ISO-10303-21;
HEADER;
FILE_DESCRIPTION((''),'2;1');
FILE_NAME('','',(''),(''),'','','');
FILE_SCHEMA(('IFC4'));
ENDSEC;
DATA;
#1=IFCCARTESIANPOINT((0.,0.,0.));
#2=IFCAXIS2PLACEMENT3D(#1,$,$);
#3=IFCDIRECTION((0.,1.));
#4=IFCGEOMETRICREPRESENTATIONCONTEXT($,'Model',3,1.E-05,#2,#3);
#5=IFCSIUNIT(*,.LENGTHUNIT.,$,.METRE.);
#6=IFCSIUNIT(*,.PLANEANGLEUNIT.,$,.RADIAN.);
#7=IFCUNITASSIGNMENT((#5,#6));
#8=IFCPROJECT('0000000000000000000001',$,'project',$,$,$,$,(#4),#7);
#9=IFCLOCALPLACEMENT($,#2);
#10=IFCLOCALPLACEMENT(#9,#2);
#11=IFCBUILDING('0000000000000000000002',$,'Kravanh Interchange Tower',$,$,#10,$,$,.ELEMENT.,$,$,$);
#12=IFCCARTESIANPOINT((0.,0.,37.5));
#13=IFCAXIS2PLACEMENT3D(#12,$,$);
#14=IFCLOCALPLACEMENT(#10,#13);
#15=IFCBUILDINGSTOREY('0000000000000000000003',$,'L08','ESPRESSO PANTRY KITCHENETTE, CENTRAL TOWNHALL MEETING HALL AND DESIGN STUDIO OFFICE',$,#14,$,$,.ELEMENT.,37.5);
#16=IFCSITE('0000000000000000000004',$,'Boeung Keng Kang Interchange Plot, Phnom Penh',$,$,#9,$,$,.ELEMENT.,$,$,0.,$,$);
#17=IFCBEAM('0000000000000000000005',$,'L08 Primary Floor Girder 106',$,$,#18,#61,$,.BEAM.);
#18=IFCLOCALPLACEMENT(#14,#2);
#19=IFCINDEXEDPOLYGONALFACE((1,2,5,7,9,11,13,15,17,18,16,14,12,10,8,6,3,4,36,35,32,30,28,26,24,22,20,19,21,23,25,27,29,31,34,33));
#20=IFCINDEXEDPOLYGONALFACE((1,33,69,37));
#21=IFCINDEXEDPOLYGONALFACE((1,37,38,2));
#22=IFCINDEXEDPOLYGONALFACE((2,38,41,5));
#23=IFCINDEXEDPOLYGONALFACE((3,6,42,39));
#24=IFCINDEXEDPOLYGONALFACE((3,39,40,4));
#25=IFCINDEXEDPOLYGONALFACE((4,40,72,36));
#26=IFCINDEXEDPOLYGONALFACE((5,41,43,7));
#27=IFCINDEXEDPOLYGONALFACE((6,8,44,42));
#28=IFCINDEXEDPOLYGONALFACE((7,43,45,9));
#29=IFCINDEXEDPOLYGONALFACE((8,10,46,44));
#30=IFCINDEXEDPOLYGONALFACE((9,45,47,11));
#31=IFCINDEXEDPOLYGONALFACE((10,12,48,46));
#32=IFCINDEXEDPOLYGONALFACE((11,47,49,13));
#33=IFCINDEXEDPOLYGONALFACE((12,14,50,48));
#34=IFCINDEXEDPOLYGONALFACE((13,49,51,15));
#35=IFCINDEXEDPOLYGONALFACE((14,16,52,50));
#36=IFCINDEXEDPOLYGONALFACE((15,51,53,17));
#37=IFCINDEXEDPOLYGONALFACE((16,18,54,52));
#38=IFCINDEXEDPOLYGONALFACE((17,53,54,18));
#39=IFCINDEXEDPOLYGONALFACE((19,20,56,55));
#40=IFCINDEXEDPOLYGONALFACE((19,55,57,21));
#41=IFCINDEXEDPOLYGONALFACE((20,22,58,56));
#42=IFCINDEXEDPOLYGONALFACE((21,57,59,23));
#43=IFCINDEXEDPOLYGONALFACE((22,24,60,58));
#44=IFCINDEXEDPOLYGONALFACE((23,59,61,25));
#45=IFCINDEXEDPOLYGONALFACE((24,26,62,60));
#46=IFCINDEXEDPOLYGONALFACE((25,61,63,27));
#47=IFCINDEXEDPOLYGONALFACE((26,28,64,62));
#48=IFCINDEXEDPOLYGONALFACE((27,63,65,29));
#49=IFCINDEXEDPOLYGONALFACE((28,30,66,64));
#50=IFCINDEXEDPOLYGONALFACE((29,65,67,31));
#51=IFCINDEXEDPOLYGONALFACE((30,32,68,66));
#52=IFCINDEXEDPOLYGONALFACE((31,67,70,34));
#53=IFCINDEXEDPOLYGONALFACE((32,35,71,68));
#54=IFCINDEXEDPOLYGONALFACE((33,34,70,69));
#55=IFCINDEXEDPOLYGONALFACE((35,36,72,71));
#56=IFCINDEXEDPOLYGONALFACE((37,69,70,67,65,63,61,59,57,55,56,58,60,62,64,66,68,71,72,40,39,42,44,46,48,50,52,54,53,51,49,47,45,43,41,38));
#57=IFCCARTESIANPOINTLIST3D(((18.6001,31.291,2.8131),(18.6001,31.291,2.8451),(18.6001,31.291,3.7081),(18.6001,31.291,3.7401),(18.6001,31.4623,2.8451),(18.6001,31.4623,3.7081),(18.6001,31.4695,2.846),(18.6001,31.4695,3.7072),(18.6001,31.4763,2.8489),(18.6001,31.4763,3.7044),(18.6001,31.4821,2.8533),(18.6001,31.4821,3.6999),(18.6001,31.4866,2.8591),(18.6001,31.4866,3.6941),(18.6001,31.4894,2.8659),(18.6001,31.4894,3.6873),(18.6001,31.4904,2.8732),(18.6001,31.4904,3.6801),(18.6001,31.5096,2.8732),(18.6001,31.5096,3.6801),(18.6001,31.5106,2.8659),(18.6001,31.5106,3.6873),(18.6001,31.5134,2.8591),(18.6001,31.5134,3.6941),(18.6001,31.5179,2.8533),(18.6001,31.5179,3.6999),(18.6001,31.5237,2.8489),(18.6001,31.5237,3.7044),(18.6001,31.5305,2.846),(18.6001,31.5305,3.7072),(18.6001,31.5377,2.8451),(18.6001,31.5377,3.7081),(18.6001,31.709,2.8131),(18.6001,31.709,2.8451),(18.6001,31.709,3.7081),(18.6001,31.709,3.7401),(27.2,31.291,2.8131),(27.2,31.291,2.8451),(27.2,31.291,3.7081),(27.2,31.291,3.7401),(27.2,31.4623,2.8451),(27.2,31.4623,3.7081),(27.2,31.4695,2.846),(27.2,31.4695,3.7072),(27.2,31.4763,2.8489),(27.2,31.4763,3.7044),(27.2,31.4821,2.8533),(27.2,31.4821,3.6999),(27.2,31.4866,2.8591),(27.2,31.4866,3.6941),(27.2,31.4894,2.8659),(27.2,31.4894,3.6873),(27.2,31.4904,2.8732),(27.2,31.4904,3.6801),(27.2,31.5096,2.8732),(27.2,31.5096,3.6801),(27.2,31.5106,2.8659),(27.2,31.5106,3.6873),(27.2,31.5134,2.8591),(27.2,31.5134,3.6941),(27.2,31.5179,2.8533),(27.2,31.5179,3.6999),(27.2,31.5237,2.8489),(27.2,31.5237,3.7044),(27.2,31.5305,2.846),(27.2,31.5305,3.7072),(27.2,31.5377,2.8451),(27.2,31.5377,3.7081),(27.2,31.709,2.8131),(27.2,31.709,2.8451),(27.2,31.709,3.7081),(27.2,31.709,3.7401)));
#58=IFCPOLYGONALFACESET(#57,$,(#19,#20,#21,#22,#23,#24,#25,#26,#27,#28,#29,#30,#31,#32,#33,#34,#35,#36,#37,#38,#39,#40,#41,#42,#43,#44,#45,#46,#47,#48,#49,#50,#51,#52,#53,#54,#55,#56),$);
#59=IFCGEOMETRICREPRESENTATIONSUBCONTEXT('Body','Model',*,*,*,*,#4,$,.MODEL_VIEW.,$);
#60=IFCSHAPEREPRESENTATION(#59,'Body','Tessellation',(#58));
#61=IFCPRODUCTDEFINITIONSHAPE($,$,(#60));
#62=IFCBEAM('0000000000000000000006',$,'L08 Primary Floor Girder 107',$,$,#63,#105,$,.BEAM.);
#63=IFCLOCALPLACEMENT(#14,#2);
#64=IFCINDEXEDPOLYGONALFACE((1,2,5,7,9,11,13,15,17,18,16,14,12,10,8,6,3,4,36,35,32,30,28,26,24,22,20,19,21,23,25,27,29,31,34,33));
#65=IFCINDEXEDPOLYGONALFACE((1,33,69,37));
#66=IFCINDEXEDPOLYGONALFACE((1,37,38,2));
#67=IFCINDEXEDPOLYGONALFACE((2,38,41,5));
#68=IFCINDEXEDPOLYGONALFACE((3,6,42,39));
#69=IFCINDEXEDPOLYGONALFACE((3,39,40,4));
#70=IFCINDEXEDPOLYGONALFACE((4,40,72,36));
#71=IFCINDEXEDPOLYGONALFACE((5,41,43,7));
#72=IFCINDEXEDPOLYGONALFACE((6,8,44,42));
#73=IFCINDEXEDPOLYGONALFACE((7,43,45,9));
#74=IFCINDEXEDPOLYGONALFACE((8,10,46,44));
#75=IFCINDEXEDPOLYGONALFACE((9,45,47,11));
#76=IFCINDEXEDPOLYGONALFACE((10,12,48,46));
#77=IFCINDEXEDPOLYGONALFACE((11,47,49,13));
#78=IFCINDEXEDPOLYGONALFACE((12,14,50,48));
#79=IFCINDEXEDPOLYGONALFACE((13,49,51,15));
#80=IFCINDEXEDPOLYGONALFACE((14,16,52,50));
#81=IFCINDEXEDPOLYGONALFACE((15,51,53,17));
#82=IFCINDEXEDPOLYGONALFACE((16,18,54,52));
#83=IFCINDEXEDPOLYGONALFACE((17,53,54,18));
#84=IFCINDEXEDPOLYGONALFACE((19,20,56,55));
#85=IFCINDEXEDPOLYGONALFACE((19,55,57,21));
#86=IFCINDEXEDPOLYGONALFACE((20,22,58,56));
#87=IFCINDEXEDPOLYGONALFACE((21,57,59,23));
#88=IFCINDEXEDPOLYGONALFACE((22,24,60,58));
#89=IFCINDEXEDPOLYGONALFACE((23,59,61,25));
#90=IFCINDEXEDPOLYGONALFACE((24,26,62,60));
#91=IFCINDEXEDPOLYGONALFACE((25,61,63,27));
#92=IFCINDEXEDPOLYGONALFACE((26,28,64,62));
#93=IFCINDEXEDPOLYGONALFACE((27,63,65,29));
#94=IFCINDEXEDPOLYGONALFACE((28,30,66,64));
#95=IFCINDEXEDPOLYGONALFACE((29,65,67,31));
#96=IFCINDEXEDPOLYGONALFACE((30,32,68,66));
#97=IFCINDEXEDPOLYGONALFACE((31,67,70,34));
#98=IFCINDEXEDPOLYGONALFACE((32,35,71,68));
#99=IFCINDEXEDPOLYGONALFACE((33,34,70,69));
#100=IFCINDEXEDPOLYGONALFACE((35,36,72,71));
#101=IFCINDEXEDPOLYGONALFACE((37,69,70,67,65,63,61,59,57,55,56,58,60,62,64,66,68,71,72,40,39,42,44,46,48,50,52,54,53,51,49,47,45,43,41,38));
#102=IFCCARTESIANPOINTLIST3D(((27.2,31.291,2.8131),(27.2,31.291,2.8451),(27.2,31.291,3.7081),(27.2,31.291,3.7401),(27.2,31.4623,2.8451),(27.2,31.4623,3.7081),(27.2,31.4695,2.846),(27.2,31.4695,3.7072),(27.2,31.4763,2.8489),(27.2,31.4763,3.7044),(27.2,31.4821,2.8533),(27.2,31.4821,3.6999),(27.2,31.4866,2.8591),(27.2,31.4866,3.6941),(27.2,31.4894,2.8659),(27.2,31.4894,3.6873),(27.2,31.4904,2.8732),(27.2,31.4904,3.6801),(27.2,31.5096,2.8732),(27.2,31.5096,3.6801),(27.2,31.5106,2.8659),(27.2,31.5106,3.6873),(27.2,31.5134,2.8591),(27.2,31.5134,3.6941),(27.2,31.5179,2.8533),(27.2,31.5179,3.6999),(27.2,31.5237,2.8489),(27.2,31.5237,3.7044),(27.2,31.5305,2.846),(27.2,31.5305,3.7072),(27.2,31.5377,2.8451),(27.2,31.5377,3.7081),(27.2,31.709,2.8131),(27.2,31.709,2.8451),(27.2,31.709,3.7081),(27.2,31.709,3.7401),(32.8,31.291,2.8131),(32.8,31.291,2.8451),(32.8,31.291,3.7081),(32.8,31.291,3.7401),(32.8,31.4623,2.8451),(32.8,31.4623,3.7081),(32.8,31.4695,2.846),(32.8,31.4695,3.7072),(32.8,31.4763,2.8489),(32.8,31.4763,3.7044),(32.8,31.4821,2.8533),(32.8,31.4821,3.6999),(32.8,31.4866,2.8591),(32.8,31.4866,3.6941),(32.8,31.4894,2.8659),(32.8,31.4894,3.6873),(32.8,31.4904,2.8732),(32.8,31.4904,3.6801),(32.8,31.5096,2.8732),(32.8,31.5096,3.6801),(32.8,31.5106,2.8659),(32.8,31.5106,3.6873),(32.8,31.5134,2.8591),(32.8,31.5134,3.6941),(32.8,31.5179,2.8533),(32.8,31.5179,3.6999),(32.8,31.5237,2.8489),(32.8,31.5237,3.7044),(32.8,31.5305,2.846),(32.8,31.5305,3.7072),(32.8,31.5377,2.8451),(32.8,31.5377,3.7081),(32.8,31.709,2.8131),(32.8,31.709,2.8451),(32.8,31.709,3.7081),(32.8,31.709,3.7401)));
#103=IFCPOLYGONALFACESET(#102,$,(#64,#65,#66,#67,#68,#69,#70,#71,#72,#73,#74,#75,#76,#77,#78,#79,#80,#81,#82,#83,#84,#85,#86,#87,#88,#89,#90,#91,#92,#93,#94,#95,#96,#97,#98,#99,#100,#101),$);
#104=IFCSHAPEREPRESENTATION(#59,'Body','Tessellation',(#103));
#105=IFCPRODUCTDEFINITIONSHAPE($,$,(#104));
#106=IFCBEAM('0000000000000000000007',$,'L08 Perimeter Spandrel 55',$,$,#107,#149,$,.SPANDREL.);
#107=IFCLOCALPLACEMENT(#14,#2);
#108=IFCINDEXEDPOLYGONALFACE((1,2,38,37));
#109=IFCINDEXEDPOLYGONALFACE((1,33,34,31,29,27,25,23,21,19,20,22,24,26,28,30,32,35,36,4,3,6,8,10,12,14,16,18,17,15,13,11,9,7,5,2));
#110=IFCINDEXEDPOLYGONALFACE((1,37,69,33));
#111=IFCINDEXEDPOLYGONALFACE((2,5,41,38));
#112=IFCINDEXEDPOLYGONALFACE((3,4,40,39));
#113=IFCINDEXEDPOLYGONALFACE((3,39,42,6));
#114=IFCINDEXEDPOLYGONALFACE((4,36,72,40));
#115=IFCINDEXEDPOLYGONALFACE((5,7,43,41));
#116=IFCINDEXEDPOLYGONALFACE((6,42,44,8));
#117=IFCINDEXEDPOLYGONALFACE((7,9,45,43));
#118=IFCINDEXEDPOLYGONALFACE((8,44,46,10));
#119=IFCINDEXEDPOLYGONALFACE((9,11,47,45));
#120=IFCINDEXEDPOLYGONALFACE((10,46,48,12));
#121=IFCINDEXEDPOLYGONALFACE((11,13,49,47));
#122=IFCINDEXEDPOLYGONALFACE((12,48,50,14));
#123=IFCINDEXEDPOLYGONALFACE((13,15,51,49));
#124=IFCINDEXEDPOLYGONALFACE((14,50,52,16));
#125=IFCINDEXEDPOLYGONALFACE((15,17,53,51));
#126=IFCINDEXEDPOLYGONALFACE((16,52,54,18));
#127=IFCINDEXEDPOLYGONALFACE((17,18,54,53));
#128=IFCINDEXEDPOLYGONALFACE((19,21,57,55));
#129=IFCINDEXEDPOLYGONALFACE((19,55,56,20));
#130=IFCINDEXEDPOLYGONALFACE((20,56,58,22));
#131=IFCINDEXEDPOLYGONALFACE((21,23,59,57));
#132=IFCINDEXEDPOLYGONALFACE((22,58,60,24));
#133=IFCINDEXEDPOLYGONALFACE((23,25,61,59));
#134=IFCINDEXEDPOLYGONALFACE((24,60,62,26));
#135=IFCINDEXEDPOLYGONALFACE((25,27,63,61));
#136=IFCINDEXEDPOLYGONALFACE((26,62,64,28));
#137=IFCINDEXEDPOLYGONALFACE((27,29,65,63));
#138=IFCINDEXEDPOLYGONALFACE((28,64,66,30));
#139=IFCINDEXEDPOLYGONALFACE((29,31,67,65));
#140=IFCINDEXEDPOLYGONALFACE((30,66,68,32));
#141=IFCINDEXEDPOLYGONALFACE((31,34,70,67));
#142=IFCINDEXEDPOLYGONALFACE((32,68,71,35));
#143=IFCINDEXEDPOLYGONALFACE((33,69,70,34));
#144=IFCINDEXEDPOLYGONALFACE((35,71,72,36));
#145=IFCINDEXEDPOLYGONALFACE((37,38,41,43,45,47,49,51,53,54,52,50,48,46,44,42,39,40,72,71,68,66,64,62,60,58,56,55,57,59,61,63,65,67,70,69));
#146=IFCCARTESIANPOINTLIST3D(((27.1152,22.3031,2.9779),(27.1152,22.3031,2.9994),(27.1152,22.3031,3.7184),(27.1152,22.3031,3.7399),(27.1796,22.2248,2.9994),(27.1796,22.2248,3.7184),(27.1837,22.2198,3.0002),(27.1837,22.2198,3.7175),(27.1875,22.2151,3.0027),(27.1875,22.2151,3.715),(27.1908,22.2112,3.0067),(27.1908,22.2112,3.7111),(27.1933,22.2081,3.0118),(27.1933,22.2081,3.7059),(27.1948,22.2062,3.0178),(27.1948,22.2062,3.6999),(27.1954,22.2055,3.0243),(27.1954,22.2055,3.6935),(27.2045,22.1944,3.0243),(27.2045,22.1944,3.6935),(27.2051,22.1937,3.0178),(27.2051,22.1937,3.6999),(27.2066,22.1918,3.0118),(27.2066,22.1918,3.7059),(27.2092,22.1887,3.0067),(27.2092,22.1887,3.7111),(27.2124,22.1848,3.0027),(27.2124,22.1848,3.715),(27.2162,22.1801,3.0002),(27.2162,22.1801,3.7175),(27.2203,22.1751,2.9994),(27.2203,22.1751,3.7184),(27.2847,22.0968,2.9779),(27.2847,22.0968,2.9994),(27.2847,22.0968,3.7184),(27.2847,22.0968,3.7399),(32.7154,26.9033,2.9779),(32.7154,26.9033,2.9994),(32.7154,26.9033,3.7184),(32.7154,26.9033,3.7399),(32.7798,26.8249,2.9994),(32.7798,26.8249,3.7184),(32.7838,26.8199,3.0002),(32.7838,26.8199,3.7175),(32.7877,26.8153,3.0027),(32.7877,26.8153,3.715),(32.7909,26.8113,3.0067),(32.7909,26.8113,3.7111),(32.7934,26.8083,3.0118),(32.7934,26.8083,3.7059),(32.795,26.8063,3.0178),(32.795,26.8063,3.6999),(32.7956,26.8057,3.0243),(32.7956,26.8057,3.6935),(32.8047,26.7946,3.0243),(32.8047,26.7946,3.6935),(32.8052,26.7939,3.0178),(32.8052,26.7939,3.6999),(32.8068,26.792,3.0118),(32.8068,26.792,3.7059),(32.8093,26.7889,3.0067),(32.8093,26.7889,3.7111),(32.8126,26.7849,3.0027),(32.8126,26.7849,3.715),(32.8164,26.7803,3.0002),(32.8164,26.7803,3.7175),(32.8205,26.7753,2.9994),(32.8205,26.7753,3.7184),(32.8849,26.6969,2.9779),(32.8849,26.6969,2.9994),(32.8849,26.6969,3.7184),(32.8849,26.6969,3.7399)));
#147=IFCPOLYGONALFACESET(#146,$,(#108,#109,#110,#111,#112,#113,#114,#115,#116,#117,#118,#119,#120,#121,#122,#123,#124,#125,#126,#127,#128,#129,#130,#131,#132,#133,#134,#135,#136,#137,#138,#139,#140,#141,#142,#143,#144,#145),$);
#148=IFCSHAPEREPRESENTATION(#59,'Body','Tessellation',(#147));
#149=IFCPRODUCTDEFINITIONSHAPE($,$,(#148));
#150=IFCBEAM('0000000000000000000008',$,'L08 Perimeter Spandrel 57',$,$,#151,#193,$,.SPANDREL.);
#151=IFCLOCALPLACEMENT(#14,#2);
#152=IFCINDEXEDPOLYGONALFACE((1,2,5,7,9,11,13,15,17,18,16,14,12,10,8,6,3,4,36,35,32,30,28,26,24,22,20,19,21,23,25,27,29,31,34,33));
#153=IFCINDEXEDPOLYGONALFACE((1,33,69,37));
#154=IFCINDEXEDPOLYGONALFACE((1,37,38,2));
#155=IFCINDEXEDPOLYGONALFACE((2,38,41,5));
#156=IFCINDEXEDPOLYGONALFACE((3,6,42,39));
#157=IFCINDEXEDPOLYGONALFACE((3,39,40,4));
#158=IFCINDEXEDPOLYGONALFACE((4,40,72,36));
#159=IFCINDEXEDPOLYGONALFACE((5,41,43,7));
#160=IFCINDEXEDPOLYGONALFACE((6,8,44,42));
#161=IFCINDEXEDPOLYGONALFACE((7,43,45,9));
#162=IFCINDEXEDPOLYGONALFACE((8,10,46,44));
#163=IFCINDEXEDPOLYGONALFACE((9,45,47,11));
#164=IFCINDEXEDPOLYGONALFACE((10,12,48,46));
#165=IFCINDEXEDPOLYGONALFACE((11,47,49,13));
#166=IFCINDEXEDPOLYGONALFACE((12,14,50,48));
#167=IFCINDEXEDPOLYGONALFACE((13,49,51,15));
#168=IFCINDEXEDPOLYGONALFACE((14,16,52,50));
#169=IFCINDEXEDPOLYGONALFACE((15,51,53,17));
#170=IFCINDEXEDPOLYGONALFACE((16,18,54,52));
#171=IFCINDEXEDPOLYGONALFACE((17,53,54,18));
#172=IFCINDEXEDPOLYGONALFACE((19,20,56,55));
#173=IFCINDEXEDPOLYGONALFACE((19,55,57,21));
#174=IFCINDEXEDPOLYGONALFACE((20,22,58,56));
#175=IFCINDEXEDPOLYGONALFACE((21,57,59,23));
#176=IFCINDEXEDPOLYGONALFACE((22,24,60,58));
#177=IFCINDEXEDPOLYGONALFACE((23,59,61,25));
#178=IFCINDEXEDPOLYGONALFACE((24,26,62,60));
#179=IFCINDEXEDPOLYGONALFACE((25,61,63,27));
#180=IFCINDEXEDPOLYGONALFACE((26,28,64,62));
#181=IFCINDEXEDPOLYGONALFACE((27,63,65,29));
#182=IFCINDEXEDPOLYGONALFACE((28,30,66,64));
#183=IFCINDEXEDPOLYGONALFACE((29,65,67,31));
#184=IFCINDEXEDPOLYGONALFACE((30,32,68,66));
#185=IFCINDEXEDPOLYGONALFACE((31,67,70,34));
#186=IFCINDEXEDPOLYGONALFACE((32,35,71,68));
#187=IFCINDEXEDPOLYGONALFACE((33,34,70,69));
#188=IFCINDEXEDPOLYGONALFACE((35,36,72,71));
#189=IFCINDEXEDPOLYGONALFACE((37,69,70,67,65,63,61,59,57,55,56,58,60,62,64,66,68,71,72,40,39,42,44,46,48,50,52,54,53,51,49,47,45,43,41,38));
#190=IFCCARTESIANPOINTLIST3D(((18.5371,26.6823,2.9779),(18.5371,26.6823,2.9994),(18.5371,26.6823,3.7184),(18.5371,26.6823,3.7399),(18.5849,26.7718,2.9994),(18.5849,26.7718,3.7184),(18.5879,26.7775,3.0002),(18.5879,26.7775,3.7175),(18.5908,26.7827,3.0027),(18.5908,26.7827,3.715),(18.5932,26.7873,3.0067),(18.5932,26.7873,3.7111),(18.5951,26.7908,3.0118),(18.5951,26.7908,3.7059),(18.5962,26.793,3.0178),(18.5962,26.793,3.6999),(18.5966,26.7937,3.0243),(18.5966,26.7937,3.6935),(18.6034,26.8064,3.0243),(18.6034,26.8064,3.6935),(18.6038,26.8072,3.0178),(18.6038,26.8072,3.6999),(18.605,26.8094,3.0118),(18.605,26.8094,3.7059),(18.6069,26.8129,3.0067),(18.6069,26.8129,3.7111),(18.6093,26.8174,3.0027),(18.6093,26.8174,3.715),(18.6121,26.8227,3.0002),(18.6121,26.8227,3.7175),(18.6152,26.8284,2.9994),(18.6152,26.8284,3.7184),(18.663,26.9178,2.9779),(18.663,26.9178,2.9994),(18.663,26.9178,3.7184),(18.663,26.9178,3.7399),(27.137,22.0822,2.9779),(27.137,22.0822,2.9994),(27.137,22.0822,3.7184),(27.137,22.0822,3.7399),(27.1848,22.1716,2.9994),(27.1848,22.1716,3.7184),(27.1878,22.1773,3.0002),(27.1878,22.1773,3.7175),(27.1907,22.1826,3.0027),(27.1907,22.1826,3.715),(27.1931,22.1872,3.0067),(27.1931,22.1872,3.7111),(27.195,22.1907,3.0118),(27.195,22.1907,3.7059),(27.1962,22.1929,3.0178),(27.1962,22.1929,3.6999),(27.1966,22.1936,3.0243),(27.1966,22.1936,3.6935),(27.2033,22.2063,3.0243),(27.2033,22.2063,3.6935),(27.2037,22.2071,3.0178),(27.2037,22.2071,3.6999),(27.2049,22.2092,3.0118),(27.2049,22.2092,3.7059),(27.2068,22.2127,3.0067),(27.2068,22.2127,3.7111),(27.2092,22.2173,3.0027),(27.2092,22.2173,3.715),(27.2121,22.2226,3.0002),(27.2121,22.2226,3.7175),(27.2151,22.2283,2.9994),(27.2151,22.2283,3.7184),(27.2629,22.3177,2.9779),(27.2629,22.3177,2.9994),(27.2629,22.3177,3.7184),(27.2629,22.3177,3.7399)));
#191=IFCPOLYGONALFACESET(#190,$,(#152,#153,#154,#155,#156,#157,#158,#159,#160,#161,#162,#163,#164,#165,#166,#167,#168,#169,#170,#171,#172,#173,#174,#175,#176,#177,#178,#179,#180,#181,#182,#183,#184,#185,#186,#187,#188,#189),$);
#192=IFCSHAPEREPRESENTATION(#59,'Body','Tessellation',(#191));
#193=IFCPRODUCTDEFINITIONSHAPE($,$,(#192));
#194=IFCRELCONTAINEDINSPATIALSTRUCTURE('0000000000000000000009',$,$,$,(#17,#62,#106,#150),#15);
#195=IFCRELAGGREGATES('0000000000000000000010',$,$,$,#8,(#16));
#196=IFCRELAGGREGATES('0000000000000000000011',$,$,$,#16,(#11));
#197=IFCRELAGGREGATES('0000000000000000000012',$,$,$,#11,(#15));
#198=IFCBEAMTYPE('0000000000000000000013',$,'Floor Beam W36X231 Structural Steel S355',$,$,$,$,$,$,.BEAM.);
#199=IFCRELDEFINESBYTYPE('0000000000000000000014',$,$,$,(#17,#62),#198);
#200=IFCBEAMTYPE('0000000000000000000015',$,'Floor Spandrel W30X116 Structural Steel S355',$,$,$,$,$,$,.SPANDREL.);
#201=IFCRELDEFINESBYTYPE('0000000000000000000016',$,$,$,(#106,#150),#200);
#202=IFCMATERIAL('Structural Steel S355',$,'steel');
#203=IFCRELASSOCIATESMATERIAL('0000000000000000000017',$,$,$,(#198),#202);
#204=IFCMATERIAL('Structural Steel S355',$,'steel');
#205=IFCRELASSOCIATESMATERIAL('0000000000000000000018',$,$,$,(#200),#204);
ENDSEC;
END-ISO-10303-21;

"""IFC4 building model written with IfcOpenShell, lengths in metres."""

from ifc_helpers import new_model, si_unit, direction, frame, origin, origin_2d, place, context, subcontext, project, spatial, i_section, extrude, material, material_profile, profile_set, type_object, element, save


model = new_model("IFC4")

# Units and contexts
model_context = context("Model", 3, precision=1e-05, world=origin(), true_north=direction((0.0, 1.0)))
body_context = subcontext(model_context, "Body", "Model", "MODEL_VIEW")
ifc_project = project(units=[si_unit("LENGTHUNIT", "METRE"), si_unit("PLANEANGLEUNIT", "RADIAN")], contexts=[model_context])

# Site, building, storey
site_placement = place(None, origin())
site = spatial("IfcSite", under=ifc_project, at=site_placement, Name="Boeung Keng Kang Interchange Plot, Phnom Penh", CompositionType="ELEMENT", RefElevation=0.0)
building_placement = place(site_placement, origin())
building = spatial("IfcBuilding", under=site, at=building_placement, Name="Kravanh Interchange Tower", CompositionType="ELEMENT")
storey_placement = place(building_placement, frame((0.0, 0.0, 37.5)))
storey = spatial("IfcBuildingStorey", under=building, at=storey_placement, Name="L08", Description="ESPRESSO PANTRY KITCHENETTE, CENTRAL TOWNHALL MEETING HALL AND DESIGN STUDIO OFFICE", CompositionType="ELEMENT", Elevation=37.5)

# Beams
ifc_material_1 = material(Name="Structural Steel S355", Category="steel")
ifc_material_profile_1 = material_profile(ifc_material_1, i_section(OverallWidth=0.418, OverallDepth=0.927, WebThickness=0.0193, FlangeThickness=0.032, FilletRadius=0.0281, at=origin_2d()), Name="W36X231")
ifc_profile_set_1 = profile_set([ifc_material_profile_1], Name="Structural Steel S355")
beam_type_1 = type_object("IfcBeamType", Name="Floor Beam W36X231 Structural Steel S355", PredefinedType="BEAM", material=ifc_profile_set_1)
beam_1_placement = place(storey_placement, frame((18.6001, 31.5, 3.2766), z_axis=(1.0, 0.0, 0.0), x_axis=(0.0, 1.0, 0.0)))
element("IfcBeam", 1, at=beam_1_placement, inside=storey, type_object=beam_type_1, Name="L08 Primary Floor Girder 106", PredefinedType="BEAM", context=body_context, shape_type="SweptSolid", body=[
    extrude(i_section(OverallWidth=0.418, OverallDepth=0.927, WebThickness=0.0193, FlangeThickness=0.032, FilletRadius=0.0281, at=origin_2d()), origin(), (0.0, 0.0, 1.0), 8.5999),
])
beam_2_placement = place(storey_placement, frame((27.2, 31.5, 3.2766), z_axis=(1.0, 0.0, 0.0), x_axis=(0.0, 1.0, 0.0)))
element("IfcBeam", 2, at=beam_2_placement, inside=storey, type_object=beam_type_1, Name="L08 Primary Floor Girder 107", PredefinedType="BEAM", context=body_context, shape_type="SweptSolid", body=[
    extrude(i_section(OverallWidth=0.418, OverallDepth=0.927, WebThickness=0.0193, FlangeThickness=0.032, FilletRadius=0.0281, at=origin_2d()), origin(), (0.0, 0.0, 1.0), 5.6001),
])
ifc_material_2 = material(Name="Structural Steel S355", Category="steel")
ifc_material_profile_2 = material_profile(ifc_material_2, i_section(OverallWidth=0.2671, OverallDepth=0.762, WebThickness=0.0144, FlangeThickness=0.0215, FilletRadius=0.0249, at=origin_2d()), Name="W30X116")
ifc_profile_set_2 = profile_set([ifc_material_profile_2], Name="Structural Steel S355")
beam_type_2 = type_object("IfcBeamType", Name="Floor Spandrel W30X116 Structural Steel S355", PredefinedType="SPANDREL", material=ifc_profile_set_2)
beam_3_placement = place(storey_placement, frame((27.2, 22.2, 3.3589), z_axis=(0.772725, 0.634741, 0.0), x_axis=(-0.634741, 0.772725, 0.0)))
element("IfcBeam", 3, at=beam_3_placement, inside=storey, type_object=beam_type_2, Name="L08 Perimeter Spandrel 55", PredefinedType="SPANDREL", context=body_context, shape_type="SweptSolid", body=[
    extrude(i_section(OverallWidth=0.2671, OverallDepth=0.762, WebThickness=0.0144, FlangeThickness=0.0215, FilletRadius=0.0249, at=origin_2d()), origin(), (0.0, 0.0, 1.0), 7.2473),
])
beam_4_placement = place(storey_placement, frame((27.2, 22.2, 3.3589), z_axis=(-0.881777, 0.471666, 0.0), x_axis=(-0.471666, -0.881777, 0.0)))
element("IfcBeam", 4, at=beam_4_placement, inside=storey, type_object=beam_type_2, Name="L08 Perimeter Spandrel 57", PredefinedType="SPANDREL", context=body_context, shape_type="SweptSolid", body=[
    extrude(i_section(OverallWidth=0.2671, OverallDepth=0.762, WebThickness=0.0144, FlangeThickness=0.0215, FilletRadius=0.0249, at=origin_2d()), origin(), (0.0, 0.0, 1.0), 9.7529),
])

save(model, "model.ifc")
